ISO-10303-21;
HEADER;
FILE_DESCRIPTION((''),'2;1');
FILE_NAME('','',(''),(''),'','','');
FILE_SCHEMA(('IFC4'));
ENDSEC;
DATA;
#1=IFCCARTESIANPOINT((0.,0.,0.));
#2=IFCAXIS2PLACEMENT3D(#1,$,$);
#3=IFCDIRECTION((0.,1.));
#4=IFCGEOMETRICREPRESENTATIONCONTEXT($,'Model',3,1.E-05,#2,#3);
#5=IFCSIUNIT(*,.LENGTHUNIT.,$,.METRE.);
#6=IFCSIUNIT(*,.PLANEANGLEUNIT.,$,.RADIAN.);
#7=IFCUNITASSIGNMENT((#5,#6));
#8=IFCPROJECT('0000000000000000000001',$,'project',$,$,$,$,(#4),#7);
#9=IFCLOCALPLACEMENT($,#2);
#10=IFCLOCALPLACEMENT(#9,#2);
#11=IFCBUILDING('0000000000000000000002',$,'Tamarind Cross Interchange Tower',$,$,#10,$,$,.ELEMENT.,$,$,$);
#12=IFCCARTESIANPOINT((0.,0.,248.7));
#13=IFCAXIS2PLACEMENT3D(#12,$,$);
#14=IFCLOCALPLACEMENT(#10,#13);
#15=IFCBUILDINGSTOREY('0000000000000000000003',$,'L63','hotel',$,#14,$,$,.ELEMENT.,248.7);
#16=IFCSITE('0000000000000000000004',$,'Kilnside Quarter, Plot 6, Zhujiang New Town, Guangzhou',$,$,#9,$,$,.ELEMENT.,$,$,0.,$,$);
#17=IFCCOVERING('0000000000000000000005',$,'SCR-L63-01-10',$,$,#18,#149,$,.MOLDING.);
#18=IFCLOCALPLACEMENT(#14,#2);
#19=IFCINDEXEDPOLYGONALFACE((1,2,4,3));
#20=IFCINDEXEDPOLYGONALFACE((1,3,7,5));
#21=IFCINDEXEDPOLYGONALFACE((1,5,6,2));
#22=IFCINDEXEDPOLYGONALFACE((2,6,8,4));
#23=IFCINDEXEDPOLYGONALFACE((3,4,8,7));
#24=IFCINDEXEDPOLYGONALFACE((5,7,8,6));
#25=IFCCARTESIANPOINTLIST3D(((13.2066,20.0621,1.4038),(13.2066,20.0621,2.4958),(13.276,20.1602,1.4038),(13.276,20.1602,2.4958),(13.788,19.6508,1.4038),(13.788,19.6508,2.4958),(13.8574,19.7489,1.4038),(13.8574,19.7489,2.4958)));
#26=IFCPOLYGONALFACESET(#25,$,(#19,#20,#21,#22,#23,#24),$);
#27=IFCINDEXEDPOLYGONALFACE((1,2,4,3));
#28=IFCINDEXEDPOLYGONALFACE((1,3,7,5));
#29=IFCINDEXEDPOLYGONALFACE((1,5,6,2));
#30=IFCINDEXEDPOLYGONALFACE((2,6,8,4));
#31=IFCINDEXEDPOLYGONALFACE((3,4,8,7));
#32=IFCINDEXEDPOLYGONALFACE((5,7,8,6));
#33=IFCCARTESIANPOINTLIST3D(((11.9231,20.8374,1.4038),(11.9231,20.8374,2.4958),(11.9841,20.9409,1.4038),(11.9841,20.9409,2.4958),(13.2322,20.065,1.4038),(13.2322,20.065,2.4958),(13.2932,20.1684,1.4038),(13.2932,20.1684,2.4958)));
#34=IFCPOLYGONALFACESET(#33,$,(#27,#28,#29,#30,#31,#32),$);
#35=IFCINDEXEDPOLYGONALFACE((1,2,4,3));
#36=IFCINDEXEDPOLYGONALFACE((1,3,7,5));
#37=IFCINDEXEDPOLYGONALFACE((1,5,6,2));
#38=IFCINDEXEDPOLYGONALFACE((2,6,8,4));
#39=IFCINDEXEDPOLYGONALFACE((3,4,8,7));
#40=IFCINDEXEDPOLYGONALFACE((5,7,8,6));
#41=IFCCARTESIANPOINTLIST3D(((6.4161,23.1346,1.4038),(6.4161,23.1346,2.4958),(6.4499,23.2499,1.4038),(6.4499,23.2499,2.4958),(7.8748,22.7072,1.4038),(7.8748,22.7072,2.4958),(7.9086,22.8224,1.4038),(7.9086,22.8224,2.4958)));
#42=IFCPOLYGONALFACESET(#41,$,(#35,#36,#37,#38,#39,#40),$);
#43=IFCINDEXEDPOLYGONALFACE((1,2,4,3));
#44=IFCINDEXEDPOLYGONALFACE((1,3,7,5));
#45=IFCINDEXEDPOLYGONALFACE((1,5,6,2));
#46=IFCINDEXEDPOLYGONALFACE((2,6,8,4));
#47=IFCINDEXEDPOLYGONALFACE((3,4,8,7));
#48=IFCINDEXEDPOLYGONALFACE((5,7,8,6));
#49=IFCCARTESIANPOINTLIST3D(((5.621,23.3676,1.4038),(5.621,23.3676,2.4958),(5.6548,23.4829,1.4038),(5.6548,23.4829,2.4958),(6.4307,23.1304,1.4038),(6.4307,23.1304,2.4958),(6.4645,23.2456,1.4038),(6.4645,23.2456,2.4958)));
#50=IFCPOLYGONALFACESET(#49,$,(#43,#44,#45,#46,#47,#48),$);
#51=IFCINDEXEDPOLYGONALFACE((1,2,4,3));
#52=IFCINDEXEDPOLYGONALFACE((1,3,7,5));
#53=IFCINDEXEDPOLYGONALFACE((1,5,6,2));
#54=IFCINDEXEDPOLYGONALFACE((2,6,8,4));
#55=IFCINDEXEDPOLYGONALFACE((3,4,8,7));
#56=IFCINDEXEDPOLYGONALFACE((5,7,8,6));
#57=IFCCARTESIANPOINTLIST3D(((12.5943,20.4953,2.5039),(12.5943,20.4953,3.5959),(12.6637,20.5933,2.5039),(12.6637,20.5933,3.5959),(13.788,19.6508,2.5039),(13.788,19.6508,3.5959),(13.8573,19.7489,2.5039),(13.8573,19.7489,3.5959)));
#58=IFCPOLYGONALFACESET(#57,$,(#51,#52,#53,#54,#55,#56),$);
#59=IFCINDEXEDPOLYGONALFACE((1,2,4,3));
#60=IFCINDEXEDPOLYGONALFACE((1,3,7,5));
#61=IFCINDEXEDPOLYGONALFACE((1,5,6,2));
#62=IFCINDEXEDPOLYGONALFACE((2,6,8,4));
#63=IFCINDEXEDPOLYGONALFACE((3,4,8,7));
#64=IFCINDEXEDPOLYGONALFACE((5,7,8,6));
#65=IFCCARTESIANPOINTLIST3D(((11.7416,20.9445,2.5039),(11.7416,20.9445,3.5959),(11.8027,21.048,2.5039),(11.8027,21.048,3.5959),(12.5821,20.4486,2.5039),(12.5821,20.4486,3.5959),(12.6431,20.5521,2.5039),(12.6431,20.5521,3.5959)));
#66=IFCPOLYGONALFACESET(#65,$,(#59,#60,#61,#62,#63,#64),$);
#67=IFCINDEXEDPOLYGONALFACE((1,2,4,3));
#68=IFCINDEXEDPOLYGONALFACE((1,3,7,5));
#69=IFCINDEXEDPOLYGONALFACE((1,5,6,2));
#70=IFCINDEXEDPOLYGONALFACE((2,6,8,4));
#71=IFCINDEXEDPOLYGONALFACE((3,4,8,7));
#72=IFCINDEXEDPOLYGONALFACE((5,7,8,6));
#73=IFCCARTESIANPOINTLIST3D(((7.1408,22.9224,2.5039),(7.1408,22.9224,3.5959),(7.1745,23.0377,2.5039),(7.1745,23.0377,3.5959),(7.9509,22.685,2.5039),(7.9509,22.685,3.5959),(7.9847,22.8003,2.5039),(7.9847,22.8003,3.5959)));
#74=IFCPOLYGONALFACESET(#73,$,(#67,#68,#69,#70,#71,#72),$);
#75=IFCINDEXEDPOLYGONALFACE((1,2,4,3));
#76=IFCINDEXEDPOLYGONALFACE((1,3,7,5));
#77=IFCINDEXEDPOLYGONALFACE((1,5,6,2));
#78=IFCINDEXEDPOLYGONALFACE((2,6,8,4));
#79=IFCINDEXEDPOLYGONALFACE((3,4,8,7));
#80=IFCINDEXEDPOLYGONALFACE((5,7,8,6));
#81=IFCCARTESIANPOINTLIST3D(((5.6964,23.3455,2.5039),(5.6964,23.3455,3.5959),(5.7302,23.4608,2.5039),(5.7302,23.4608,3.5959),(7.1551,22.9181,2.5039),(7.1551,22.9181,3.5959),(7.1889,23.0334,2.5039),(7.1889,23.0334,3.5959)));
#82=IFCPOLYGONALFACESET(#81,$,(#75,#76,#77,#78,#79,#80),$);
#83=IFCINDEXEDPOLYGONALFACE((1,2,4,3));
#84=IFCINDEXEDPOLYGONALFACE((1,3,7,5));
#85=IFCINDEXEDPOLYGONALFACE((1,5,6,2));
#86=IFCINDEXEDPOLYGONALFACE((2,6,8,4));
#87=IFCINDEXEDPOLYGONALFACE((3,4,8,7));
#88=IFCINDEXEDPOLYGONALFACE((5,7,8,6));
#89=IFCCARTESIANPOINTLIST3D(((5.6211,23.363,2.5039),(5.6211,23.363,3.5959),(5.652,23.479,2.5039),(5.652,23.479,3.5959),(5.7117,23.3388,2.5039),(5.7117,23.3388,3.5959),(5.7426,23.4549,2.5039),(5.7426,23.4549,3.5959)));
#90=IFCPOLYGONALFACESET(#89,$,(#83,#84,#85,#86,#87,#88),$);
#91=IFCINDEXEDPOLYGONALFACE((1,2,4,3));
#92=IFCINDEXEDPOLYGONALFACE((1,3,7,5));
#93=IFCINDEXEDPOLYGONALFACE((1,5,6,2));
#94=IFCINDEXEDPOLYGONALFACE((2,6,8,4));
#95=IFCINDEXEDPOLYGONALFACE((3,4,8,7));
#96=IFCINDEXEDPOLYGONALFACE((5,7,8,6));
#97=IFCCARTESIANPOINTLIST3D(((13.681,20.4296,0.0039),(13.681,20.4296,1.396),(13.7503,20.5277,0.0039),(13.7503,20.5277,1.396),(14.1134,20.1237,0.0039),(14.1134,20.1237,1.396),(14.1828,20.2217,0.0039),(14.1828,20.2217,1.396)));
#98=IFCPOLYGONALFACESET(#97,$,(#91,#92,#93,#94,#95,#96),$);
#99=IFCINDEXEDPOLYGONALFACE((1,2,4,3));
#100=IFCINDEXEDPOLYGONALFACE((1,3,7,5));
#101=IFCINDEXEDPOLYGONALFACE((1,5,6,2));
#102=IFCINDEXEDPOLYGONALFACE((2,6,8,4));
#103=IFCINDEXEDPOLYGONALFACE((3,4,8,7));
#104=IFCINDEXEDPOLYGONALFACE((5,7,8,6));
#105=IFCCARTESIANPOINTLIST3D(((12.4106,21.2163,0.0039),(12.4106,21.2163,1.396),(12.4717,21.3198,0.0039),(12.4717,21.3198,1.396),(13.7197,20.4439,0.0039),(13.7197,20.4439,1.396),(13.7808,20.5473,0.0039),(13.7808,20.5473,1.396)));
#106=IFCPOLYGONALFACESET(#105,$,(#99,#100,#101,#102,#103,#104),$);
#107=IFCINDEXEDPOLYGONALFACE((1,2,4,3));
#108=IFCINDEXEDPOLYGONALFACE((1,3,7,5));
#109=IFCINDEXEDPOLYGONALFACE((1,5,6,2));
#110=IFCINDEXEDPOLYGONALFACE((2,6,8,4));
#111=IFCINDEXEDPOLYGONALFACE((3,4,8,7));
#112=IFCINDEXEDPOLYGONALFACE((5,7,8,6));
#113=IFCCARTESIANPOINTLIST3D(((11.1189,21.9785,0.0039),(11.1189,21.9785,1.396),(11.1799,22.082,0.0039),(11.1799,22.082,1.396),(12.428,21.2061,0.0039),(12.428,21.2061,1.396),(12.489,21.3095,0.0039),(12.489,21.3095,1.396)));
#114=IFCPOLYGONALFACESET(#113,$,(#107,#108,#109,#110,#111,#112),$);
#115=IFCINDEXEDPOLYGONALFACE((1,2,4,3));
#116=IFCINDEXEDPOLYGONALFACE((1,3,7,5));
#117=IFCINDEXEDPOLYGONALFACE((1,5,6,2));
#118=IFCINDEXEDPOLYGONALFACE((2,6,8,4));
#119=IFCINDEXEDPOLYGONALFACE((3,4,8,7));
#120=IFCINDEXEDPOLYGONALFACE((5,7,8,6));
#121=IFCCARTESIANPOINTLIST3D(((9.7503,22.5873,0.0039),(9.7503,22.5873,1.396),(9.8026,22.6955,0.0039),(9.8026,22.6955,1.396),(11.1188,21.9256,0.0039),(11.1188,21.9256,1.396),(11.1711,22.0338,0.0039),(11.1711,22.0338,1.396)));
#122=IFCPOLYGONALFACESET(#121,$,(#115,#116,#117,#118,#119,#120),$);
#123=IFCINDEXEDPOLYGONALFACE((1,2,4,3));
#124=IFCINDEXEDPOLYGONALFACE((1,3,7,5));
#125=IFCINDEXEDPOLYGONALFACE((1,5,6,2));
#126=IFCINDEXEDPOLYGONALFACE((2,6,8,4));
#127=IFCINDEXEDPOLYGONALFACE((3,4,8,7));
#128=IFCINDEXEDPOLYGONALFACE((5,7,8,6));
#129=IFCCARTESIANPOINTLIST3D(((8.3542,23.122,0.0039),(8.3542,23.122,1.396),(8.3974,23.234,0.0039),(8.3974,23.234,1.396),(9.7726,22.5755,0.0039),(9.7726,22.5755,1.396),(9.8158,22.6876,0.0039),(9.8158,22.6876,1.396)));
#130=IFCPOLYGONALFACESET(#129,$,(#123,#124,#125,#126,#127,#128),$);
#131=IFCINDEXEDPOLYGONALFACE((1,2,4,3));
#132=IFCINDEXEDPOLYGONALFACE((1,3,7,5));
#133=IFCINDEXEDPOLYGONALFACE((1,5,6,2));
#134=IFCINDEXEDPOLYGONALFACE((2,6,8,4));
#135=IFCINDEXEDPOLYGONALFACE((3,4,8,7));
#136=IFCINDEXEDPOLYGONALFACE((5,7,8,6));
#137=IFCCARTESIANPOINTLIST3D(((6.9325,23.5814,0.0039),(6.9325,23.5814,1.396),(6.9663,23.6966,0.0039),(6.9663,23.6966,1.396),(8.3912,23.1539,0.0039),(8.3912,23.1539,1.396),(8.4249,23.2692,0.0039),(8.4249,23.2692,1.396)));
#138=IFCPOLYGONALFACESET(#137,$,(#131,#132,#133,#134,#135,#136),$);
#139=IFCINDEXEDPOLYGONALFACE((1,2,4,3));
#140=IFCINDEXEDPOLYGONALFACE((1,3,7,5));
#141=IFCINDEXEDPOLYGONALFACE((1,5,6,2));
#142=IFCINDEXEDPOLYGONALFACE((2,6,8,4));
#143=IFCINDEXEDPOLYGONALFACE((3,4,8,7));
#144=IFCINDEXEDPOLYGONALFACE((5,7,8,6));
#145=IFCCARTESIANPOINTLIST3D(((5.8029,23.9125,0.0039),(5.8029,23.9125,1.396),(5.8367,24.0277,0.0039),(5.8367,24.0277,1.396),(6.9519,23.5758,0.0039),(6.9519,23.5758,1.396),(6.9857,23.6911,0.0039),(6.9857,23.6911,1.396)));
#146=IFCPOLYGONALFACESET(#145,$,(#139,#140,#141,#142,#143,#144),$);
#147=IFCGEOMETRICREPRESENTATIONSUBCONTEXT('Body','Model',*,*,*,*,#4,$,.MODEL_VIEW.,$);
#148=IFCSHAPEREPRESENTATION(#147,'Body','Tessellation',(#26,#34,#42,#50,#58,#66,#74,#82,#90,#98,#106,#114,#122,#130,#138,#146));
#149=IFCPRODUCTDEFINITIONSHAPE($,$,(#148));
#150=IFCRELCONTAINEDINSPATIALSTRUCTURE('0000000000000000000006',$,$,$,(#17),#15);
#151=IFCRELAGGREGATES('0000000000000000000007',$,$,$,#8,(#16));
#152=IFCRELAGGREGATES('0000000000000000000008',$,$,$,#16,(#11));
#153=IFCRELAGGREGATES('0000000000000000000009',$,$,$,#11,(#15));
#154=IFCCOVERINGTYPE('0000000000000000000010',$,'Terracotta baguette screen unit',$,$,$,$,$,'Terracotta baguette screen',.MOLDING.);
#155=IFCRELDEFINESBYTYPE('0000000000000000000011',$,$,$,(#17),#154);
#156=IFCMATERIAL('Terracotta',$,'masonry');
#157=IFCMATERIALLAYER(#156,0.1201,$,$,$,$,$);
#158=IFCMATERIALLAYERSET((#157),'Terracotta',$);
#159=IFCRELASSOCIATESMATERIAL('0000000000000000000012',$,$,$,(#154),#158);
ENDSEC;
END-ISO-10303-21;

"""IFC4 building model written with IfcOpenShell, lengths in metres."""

from ifc_helpers import new_model, si_unit, direction, frame, origin, origin_2d, place, context, subcontext, project, spatial, rectangle, extrude, material, layer, layer_set, type_object, element, save


model = new_model("IFC4")

# Units and contexts
model_context = context("Model", 3, precision=1e-05, world=origin(), true_north=direction((0.0, 1.0)))
body_context = subcontext(model_context, "Body", "Model", "MODEL_VIEW")
ifc_project = project(units=[si_unit("LENGTHUNIT", "METRE"), si_unit("PLANEANGLEUNIT", "RADIAN")], contexts=[model_context])

# Site, building, storey
site_placement = place(None, origin())
site = spatial("IfcSite", under=ifc_project, at=site_placement, Name="Kilnside Quarter, Plot 6, Zhujiang New Town, Guangzhou", CompositionType="ELEMENT", RefElevation=0.0)
building_placement = place(site_placement, origin())
building = spatial("IfcBuilding", under=site, at=building_placement, Name="Tamarind Cross Interchange Tower", CompositionType="ELEMENT")
storey_placement = place(building_placement, frame((0.0, 0.0, 248.7)))
storey = spatial("IfcBuildingStorey", under=building, at=storey_placement, Name="L63", Description="hotel", CompositionType="ELEMENT", Elevation=248.7)

# Covering
ifc_material_1 = material(Name="Terracotta", Category="masonry")
ifc_layer_1 = layer(ifc_material_1, 0.1201)
ifc_layer_set_1 = layer_set([ifc_layer_1], Name="Terracotta")
covering_type = type_object("IfcCoveringType", Name="Terracotta baguette screen unit", ElementType="Terracotta baguette screen", PredefinedType="MOLDING", material=ifc_layer_set_1)
covering_1_placement = place(storey_placement, origin())
element("IfcCovering", 1, at=covering_1_placement, inside=storey, type_object=covering_type, Name="SCR-L63-01-10", PredefinedType="MOLDING", context=body_context, shape_type="SweptSolid", body=[
    extrude(rectangle(XDim=0.7122, YDim=0.1201, at=origin_2d()), frame((13.532, 19.9055, 1.4038), z_axis=(0.0, 0.0, 1.0), x_axis=(-0.816342, 0.577569, 0.0)), (0.0, 0.0, 1.0), 1.092),
    extrude(rectangle(XDim=1.52, YDim=0.1201, at=origin_2d()), frame((12.6082, 20.5029, 1.4038), z_axis=(0.0, 0.0, 1.0), x_axis=(-0.861249, 0.508183, 0.0)), (0.0, 0.0, 1.0), 1.092),
    extrude(rectangle(XDim=1.52, YDim=0.1201, at=origin_2d()), frame((7.1624, 22.9785, 1.4038), z_axis=(0.0, 0.0, 1.0), x_axis=(-0.959647, 0.281209, 0.0)), (0.0, 0.0, 1.0), 1.092),
    extrude(rectangle(XDim=0.8438, YDim=0.1201, at=origin_2d()), frame((6.0427, 23.3066, 1.4038), z_axis=(0.0, 0.0, 1.0), x_axis=(-0.959647, 0.281209, 0.0)), (0.0, 0.0, 1.0), 1.092),
    extrude(rectangle(XDim=1.4622, YDim=0.1201, at=origin_2d()), frame((13.2258, 20.1221, 2.5039), z_axis=(0.0, 0.0, 1.0), x_axis=(-0.816342, 0.577569, 0.0)), (0.0, 0.0, 1.0), 1.092),
    extrude(rectangle(XDim=0.9758, YDim=0.1201, at=origin_2d()), frame((12.1924, 20.7483, 2.5039), z_axis=(0.0, 0.0, 1.0), x_axis=(-0.861249, 0.508183, 0.0)), (0.0, 0.0, 1.0), 1.092),
    extrude(rectangle(XDim=0.8442, YDim=0.1201, at=origin_2d()), frame((7.5627, 22.8613, 2.5039), z_axis=(0.0, 0.0, 1.0), x_axis=(-0.959647, 0.281209, 0.0)), (0.0, 0.0, 1.0), 1.092),
    extrude(rectangle(XDim=1.52, YDim=0.1201, at=origin_2d()), frame((6.4426, 23.1895, 2.5039), z_axis=(0.0, 0.0, 1.0), x_axis=(-0.959647, 0.281209, 0.0)), (0.0, 0.0, 1.0), 1.092),
    extrude(rectangle(XDim=0.0938, YDim=0.1201, at=origin_2d()), frame((5.6819, 23.4089, 2.5039), z_axis=(0.0, 0.0, 1.0), x_axis=(-0.966326, 0.257322, 0.0)), (0.0, 0.0, 1.0), 1.092),
    extrude(rectangle(XDim=0.5298, YDim=0.1201, at=origin_2d()), frame((13.9319, 20.3257, 0.0039), z_axis=(0.0, 0.0, 1.0), x_axis=(-0.816342, 0.577569, 0.0)), (0.0, 0.0, 1.0), 1.3921),
    extrude(rectangle(XDim=1.52, YDim=0.1201, at=origin_2d()), frame((13.0957, 20.8818, 0.0039), z_axis=(0.0, 0.0, 1.0), x_axis=(-0.861249, 0.508183, 0.0)), (0.0, 0.0, 1.0), 1.3921),
    extrude(rectangle(XDim=1.52, YDim=0.1201, at=origin_2d()), frame((11.804, 21.644, 0.0039), z_axis=(0.0, 0.0, 1.0), x_axis=(-0.861249, 0.508183, 0.0)), (0.0, 0.0, 1.0), 1.3921),
    extrude(rectangle(XDim=1.52, YDim=0.1201, at=origin_2d()), frame((10.4607, 22.3105, 0.0039), z_axis=(0.0, 0.0, 1.0), x_axis=(-0.900273, 0.435326, 0.0)), (0.0, 0.0, 1.0), 1.3921),
    extrude(rectangle(XDim=1.52, YDim=0.1201, at=origin_2d()), frame((9.085, 22.9048, 0.0039), z_axis=(0.0, 0.0, 1.0), x_axis=(-0.933147, 0.359495, 0.0)), (0.0, 0.0, 1.0), 1.3921),
    extrude(rectangle(XDim=1.52, YDim=0.1201, at=origin_2d()), frame((7.6787, 23.4253, 0.0039), z_axis=(0.0, 0.0, 1.0), x_axis=(-0.959647, 0.281209, 0.0)), (0.0, 0.0, 1.0), 1.3921),
    extrude(rectangle(XDim=1.1973, YDim=0.1201, at=origin_2d()), frame((6.3943, 23.8018, 0.0039), z_axis=(0.0, 0.0, 1.0), x_axis=(-0.959647, 0.281209, 0.0)), (0.0, 0.0, 1.0), 1.3921),
])

save(model, "model.ifc")
